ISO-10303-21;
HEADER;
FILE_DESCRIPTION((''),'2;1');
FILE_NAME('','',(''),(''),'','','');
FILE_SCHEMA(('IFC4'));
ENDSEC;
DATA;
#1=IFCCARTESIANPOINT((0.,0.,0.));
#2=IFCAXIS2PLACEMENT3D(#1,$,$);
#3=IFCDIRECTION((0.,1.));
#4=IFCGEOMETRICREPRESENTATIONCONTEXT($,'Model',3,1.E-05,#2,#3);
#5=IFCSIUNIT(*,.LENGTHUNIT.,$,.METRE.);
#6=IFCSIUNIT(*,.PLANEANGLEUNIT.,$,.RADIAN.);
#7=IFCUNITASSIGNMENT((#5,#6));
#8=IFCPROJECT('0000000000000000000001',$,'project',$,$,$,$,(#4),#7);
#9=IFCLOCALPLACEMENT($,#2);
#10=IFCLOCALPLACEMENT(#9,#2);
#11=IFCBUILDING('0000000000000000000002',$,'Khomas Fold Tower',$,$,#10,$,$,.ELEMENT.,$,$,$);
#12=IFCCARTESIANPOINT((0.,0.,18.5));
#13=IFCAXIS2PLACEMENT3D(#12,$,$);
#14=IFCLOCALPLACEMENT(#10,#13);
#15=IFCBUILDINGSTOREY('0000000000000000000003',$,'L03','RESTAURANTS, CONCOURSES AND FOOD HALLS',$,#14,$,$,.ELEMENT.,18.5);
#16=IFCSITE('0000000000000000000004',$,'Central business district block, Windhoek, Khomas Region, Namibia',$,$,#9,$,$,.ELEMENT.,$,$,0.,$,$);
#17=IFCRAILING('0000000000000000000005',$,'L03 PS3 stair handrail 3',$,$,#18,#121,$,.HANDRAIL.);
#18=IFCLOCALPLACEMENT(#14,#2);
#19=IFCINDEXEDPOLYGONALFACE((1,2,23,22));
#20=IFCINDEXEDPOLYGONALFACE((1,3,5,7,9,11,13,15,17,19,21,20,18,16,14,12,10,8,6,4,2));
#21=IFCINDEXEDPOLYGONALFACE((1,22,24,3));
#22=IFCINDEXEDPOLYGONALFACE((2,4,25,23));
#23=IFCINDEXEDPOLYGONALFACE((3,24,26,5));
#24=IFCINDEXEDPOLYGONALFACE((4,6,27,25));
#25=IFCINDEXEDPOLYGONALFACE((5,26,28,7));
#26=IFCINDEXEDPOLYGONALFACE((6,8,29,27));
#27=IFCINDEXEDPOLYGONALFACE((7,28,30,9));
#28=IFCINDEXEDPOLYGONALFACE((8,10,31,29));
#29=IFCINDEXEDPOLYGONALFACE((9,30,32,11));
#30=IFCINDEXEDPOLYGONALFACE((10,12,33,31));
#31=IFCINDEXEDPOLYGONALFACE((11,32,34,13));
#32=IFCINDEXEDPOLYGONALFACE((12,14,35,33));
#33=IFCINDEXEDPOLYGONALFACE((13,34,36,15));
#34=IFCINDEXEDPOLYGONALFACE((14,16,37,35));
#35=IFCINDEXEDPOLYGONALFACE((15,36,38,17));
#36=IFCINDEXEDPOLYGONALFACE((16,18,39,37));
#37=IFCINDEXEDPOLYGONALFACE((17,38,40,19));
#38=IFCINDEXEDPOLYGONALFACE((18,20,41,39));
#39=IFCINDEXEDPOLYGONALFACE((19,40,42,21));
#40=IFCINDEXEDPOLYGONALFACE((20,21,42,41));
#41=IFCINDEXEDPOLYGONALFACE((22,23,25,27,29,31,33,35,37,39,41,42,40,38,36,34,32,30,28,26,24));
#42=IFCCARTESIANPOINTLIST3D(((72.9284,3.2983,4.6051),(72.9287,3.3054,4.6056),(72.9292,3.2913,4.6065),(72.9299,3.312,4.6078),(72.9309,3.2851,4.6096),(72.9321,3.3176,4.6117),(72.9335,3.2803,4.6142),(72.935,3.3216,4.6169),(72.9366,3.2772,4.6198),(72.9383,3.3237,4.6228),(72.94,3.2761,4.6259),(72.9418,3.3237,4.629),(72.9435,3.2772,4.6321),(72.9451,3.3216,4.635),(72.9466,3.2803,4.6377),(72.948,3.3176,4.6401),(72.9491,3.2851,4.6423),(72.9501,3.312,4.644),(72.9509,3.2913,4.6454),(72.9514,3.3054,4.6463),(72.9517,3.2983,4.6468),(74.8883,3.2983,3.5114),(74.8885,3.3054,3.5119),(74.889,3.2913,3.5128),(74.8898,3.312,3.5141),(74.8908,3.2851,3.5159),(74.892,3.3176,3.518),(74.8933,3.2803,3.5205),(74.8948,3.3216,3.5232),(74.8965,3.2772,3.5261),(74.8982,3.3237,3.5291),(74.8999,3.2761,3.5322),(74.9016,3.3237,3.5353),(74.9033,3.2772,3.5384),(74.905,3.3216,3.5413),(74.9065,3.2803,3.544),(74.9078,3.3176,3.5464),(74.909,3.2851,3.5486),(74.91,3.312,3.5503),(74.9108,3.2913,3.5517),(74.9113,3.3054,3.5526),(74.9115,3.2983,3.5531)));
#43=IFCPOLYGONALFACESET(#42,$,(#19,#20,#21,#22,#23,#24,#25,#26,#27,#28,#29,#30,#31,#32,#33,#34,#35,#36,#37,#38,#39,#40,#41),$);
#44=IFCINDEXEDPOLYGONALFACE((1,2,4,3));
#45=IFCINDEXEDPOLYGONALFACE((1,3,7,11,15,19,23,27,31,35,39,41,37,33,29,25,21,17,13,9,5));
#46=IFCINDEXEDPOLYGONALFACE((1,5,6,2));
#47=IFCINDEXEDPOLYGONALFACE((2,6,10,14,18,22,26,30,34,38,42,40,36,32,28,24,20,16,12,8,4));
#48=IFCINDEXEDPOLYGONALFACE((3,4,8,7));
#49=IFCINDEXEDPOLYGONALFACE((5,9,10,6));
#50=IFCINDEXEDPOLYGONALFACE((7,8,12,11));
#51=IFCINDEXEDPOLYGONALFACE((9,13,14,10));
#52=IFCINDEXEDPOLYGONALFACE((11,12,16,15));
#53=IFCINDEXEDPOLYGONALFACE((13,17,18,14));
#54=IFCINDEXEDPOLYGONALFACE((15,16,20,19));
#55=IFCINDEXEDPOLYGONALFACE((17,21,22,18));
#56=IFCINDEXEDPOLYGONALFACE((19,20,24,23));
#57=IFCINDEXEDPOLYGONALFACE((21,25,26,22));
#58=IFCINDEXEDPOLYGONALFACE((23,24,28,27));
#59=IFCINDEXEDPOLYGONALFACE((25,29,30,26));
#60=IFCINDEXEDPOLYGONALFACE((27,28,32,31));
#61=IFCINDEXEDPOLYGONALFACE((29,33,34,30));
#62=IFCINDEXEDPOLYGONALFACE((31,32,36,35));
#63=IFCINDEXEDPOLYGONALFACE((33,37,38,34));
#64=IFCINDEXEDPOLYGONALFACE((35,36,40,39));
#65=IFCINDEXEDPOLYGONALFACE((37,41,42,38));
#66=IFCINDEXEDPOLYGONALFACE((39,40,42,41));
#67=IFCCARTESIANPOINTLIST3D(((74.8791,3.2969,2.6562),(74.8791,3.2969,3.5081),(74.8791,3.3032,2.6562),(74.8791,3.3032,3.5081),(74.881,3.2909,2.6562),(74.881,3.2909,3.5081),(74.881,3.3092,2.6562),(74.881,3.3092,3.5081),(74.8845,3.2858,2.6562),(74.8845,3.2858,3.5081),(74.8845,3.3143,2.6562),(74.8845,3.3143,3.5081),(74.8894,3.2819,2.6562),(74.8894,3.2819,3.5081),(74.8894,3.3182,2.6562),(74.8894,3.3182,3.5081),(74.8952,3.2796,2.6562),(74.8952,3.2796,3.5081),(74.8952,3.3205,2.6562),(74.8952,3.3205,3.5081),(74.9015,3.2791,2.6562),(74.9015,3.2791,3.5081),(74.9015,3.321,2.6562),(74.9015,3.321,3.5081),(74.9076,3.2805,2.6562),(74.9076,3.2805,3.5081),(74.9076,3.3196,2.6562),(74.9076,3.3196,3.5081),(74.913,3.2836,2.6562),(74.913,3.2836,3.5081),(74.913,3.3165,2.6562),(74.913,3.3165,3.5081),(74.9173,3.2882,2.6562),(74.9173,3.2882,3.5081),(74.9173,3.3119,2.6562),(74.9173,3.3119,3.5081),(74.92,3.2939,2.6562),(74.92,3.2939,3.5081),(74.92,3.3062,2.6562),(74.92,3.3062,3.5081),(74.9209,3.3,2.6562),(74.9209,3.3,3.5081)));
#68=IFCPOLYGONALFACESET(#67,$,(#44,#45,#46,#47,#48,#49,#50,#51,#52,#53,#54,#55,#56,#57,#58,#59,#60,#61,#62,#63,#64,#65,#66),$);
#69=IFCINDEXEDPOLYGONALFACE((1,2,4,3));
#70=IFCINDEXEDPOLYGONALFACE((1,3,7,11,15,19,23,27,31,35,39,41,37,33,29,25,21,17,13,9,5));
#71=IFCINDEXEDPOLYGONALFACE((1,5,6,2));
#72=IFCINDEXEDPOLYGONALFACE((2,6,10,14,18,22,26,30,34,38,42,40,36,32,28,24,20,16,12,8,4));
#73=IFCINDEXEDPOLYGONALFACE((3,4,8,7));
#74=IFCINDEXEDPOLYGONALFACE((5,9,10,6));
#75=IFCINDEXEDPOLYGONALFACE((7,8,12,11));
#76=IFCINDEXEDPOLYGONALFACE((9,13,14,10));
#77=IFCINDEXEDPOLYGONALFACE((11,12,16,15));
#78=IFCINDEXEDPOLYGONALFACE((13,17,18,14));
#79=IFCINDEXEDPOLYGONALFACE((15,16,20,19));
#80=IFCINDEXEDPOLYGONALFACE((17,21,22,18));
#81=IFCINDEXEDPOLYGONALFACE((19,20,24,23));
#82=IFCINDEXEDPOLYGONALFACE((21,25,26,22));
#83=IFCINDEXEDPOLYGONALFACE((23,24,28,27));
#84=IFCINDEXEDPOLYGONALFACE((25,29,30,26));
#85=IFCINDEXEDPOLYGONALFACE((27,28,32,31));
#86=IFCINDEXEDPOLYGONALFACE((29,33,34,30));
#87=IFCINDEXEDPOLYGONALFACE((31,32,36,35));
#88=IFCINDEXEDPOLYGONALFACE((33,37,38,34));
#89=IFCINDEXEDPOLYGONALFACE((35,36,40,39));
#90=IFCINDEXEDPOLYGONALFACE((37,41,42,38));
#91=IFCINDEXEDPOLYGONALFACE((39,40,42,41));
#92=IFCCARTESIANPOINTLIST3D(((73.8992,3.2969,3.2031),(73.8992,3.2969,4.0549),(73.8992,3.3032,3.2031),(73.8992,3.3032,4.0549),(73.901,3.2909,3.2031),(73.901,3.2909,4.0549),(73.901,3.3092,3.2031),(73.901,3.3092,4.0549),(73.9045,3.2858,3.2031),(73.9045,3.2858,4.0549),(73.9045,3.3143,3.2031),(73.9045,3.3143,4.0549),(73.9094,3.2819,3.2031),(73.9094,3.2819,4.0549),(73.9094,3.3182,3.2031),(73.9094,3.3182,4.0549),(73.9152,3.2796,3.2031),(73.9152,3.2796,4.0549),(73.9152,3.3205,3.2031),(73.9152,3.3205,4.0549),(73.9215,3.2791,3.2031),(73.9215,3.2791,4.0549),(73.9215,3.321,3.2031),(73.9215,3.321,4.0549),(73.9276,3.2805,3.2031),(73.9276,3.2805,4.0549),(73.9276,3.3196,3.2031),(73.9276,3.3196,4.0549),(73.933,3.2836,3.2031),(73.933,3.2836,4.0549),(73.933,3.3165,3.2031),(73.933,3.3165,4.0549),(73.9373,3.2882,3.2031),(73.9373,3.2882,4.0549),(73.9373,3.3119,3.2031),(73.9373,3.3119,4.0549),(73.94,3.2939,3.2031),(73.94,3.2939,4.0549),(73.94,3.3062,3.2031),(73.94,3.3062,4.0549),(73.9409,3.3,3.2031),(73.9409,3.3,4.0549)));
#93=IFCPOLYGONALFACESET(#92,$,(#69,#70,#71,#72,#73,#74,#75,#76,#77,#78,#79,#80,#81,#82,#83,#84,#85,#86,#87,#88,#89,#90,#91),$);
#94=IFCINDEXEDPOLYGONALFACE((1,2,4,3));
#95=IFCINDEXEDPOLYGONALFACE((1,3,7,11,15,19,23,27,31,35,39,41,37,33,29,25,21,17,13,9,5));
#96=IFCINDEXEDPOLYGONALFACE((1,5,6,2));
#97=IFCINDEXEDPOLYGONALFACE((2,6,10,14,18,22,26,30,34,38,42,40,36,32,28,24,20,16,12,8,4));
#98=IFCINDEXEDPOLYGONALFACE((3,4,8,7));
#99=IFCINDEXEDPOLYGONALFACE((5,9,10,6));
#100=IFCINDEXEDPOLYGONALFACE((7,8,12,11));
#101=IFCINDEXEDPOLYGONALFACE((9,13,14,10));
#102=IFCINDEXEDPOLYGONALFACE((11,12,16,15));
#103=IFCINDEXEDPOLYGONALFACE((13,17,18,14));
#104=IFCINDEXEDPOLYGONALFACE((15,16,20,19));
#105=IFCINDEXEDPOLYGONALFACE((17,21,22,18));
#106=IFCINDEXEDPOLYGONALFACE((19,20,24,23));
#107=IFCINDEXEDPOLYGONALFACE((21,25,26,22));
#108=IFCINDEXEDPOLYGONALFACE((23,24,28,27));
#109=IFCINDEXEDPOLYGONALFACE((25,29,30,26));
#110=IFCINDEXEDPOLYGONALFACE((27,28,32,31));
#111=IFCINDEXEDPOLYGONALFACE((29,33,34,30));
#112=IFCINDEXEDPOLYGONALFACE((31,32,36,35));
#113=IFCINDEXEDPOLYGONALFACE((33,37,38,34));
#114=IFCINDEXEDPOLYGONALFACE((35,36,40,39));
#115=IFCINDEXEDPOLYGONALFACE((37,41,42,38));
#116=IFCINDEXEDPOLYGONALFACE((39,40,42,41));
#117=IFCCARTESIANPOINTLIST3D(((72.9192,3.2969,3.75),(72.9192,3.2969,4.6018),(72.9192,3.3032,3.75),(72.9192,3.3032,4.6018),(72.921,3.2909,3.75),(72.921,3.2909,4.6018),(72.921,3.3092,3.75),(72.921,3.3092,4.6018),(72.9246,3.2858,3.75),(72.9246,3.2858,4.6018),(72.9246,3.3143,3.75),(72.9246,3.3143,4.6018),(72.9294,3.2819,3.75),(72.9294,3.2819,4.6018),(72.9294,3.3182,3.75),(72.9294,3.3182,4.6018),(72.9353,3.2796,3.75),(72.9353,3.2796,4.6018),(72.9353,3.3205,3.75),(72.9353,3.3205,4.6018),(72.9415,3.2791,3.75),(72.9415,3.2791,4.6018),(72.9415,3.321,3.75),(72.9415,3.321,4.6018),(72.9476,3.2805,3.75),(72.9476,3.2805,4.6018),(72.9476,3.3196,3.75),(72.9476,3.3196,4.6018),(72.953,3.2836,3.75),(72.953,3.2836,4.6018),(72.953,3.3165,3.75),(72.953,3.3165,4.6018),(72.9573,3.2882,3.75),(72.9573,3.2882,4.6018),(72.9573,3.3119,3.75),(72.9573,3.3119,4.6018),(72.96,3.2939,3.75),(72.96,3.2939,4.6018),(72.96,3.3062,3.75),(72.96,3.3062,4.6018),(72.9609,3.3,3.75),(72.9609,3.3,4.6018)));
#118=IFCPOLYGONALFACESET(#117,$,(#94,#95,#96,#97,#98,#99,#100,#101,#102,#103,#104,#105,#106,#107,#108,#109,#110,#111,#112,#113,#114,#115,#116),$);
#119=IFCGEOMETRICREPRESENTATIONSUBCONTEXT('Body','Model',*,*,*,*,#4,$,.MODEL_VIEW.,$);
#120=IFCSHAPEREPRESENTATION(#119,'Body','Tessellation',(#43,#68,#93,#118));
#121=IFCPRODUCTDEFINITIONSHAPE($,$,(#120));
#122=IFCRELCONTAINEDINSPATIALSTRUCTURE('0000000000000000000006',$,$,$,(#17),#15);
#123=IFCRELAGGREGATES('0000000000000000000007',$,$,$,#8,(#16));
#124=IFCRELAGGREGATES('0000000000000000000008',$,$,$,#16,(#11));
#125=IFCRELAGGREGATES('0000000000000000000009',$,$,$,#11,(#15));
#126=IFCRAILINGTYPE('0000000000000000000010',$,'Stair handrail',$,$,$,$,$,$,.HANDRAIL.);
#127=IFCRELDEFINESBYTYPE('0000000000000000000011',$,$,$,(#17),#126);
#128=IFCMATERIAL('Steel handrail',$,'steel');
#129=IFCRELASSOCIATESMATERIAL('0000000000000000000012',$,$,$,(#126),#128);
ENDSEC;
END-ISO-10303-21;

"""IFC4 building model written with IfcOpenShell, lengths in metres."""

from ifc_helpers import new_model, si_unit, direction, frame, origin, origin_2d, place, context, subcontext, project, spatial, circle, extrude, source, transform, mapped, material, type_object, element, save


model = new_model("IFC4")

# Units and contexts
model_context = context("Model", 3, precision=1e-05, world=origin(), true_north=direction((0.0, 1.0)))
body_context = subcontext(model_context, "Body", "Model", "MODEL_VIEW")
ifc_project = project(units=[si_unit("LENGTHUNIT", "METRE"), si_unit("PLANEANGLEUNIT", "RADIAN")], contexts=[model_context])

# Site, building, storey
site_placement = place(None, origin())
site = spatial("IfcSite", under=ifc_project, at=site_placement, Name="Central business district block, Windhoek, Khomas Region, Namibia", CompositionType="ELEMENT", RefElevation=0.0)
building_placement = place(site_placement, origin())
building = spatial("IfcBuilding", under=site, at=building_placement, Name="Khomas Fold Tower", CompositionType="ELEMENT")
storey_placement = place(building_placement, frame((0.0, 0.0, 18.5)))
storey = spatial("IfcBuildingStorey", under=building, at=storey_placement, Name="L03", Description="RESTAURANTS, CONCOURSES AND FOOD HALLS", CompositionType="ELEMENT", Elevation=18.5)

# Railing
ifc_material_1 = material(Name="Steel handrail", Category="steel")
railing_type_1 = type_object("IfcRailingType", Name="Stair handrail", PredefinedType="HANDRAIL", material=ifc_material_1)
shared_shape_1 = source(origin(), body_context, "Body", "SweptSolid", [
    extrude(circle(Radius=0.0239, at=origin_2d()), frame((0.0, 0.0, 0.876), z_axis=(-0.873232, 0.0, 0.487304), x_axis=(0.0, -1.0, 0.0)), (0.0, 0.0, 1.0), 2.2444),
    extrude(circle(Radius=0.021, at=origin_2d()), origin(), (0.0, 0.0, 1.0), 0.8518),
    extrude(circle(Radius=0.021, at=origin_2d()), frame((-0.98, 0.0, 0.5469)), (0.0, 0.0, 1.0), 0.8518),
    extrude(circle(Radius=0.021, at=origin_2d()), frame((-1.96, 0.0, 1.0938)), (0.0, 0.0, 1.0), 0.8518),
])
for number, where, name in (
    (1, (74.8999, 3.3, 2.6562), "L03 PS3 stair handrail 3"),
):
    element("IfcRailing", number, at=place(storey_placement, frame(where)), inside=storey, type_object=railing_type_1, Name=name, PredefinedType="HANDRAIL", context=body_context, shape_type="MappedRepresentation", body=[
        mapped(shared_shape_1, transform((0.0, 0.0, 0.0))),
    ])

save(model, "model.ifc")
